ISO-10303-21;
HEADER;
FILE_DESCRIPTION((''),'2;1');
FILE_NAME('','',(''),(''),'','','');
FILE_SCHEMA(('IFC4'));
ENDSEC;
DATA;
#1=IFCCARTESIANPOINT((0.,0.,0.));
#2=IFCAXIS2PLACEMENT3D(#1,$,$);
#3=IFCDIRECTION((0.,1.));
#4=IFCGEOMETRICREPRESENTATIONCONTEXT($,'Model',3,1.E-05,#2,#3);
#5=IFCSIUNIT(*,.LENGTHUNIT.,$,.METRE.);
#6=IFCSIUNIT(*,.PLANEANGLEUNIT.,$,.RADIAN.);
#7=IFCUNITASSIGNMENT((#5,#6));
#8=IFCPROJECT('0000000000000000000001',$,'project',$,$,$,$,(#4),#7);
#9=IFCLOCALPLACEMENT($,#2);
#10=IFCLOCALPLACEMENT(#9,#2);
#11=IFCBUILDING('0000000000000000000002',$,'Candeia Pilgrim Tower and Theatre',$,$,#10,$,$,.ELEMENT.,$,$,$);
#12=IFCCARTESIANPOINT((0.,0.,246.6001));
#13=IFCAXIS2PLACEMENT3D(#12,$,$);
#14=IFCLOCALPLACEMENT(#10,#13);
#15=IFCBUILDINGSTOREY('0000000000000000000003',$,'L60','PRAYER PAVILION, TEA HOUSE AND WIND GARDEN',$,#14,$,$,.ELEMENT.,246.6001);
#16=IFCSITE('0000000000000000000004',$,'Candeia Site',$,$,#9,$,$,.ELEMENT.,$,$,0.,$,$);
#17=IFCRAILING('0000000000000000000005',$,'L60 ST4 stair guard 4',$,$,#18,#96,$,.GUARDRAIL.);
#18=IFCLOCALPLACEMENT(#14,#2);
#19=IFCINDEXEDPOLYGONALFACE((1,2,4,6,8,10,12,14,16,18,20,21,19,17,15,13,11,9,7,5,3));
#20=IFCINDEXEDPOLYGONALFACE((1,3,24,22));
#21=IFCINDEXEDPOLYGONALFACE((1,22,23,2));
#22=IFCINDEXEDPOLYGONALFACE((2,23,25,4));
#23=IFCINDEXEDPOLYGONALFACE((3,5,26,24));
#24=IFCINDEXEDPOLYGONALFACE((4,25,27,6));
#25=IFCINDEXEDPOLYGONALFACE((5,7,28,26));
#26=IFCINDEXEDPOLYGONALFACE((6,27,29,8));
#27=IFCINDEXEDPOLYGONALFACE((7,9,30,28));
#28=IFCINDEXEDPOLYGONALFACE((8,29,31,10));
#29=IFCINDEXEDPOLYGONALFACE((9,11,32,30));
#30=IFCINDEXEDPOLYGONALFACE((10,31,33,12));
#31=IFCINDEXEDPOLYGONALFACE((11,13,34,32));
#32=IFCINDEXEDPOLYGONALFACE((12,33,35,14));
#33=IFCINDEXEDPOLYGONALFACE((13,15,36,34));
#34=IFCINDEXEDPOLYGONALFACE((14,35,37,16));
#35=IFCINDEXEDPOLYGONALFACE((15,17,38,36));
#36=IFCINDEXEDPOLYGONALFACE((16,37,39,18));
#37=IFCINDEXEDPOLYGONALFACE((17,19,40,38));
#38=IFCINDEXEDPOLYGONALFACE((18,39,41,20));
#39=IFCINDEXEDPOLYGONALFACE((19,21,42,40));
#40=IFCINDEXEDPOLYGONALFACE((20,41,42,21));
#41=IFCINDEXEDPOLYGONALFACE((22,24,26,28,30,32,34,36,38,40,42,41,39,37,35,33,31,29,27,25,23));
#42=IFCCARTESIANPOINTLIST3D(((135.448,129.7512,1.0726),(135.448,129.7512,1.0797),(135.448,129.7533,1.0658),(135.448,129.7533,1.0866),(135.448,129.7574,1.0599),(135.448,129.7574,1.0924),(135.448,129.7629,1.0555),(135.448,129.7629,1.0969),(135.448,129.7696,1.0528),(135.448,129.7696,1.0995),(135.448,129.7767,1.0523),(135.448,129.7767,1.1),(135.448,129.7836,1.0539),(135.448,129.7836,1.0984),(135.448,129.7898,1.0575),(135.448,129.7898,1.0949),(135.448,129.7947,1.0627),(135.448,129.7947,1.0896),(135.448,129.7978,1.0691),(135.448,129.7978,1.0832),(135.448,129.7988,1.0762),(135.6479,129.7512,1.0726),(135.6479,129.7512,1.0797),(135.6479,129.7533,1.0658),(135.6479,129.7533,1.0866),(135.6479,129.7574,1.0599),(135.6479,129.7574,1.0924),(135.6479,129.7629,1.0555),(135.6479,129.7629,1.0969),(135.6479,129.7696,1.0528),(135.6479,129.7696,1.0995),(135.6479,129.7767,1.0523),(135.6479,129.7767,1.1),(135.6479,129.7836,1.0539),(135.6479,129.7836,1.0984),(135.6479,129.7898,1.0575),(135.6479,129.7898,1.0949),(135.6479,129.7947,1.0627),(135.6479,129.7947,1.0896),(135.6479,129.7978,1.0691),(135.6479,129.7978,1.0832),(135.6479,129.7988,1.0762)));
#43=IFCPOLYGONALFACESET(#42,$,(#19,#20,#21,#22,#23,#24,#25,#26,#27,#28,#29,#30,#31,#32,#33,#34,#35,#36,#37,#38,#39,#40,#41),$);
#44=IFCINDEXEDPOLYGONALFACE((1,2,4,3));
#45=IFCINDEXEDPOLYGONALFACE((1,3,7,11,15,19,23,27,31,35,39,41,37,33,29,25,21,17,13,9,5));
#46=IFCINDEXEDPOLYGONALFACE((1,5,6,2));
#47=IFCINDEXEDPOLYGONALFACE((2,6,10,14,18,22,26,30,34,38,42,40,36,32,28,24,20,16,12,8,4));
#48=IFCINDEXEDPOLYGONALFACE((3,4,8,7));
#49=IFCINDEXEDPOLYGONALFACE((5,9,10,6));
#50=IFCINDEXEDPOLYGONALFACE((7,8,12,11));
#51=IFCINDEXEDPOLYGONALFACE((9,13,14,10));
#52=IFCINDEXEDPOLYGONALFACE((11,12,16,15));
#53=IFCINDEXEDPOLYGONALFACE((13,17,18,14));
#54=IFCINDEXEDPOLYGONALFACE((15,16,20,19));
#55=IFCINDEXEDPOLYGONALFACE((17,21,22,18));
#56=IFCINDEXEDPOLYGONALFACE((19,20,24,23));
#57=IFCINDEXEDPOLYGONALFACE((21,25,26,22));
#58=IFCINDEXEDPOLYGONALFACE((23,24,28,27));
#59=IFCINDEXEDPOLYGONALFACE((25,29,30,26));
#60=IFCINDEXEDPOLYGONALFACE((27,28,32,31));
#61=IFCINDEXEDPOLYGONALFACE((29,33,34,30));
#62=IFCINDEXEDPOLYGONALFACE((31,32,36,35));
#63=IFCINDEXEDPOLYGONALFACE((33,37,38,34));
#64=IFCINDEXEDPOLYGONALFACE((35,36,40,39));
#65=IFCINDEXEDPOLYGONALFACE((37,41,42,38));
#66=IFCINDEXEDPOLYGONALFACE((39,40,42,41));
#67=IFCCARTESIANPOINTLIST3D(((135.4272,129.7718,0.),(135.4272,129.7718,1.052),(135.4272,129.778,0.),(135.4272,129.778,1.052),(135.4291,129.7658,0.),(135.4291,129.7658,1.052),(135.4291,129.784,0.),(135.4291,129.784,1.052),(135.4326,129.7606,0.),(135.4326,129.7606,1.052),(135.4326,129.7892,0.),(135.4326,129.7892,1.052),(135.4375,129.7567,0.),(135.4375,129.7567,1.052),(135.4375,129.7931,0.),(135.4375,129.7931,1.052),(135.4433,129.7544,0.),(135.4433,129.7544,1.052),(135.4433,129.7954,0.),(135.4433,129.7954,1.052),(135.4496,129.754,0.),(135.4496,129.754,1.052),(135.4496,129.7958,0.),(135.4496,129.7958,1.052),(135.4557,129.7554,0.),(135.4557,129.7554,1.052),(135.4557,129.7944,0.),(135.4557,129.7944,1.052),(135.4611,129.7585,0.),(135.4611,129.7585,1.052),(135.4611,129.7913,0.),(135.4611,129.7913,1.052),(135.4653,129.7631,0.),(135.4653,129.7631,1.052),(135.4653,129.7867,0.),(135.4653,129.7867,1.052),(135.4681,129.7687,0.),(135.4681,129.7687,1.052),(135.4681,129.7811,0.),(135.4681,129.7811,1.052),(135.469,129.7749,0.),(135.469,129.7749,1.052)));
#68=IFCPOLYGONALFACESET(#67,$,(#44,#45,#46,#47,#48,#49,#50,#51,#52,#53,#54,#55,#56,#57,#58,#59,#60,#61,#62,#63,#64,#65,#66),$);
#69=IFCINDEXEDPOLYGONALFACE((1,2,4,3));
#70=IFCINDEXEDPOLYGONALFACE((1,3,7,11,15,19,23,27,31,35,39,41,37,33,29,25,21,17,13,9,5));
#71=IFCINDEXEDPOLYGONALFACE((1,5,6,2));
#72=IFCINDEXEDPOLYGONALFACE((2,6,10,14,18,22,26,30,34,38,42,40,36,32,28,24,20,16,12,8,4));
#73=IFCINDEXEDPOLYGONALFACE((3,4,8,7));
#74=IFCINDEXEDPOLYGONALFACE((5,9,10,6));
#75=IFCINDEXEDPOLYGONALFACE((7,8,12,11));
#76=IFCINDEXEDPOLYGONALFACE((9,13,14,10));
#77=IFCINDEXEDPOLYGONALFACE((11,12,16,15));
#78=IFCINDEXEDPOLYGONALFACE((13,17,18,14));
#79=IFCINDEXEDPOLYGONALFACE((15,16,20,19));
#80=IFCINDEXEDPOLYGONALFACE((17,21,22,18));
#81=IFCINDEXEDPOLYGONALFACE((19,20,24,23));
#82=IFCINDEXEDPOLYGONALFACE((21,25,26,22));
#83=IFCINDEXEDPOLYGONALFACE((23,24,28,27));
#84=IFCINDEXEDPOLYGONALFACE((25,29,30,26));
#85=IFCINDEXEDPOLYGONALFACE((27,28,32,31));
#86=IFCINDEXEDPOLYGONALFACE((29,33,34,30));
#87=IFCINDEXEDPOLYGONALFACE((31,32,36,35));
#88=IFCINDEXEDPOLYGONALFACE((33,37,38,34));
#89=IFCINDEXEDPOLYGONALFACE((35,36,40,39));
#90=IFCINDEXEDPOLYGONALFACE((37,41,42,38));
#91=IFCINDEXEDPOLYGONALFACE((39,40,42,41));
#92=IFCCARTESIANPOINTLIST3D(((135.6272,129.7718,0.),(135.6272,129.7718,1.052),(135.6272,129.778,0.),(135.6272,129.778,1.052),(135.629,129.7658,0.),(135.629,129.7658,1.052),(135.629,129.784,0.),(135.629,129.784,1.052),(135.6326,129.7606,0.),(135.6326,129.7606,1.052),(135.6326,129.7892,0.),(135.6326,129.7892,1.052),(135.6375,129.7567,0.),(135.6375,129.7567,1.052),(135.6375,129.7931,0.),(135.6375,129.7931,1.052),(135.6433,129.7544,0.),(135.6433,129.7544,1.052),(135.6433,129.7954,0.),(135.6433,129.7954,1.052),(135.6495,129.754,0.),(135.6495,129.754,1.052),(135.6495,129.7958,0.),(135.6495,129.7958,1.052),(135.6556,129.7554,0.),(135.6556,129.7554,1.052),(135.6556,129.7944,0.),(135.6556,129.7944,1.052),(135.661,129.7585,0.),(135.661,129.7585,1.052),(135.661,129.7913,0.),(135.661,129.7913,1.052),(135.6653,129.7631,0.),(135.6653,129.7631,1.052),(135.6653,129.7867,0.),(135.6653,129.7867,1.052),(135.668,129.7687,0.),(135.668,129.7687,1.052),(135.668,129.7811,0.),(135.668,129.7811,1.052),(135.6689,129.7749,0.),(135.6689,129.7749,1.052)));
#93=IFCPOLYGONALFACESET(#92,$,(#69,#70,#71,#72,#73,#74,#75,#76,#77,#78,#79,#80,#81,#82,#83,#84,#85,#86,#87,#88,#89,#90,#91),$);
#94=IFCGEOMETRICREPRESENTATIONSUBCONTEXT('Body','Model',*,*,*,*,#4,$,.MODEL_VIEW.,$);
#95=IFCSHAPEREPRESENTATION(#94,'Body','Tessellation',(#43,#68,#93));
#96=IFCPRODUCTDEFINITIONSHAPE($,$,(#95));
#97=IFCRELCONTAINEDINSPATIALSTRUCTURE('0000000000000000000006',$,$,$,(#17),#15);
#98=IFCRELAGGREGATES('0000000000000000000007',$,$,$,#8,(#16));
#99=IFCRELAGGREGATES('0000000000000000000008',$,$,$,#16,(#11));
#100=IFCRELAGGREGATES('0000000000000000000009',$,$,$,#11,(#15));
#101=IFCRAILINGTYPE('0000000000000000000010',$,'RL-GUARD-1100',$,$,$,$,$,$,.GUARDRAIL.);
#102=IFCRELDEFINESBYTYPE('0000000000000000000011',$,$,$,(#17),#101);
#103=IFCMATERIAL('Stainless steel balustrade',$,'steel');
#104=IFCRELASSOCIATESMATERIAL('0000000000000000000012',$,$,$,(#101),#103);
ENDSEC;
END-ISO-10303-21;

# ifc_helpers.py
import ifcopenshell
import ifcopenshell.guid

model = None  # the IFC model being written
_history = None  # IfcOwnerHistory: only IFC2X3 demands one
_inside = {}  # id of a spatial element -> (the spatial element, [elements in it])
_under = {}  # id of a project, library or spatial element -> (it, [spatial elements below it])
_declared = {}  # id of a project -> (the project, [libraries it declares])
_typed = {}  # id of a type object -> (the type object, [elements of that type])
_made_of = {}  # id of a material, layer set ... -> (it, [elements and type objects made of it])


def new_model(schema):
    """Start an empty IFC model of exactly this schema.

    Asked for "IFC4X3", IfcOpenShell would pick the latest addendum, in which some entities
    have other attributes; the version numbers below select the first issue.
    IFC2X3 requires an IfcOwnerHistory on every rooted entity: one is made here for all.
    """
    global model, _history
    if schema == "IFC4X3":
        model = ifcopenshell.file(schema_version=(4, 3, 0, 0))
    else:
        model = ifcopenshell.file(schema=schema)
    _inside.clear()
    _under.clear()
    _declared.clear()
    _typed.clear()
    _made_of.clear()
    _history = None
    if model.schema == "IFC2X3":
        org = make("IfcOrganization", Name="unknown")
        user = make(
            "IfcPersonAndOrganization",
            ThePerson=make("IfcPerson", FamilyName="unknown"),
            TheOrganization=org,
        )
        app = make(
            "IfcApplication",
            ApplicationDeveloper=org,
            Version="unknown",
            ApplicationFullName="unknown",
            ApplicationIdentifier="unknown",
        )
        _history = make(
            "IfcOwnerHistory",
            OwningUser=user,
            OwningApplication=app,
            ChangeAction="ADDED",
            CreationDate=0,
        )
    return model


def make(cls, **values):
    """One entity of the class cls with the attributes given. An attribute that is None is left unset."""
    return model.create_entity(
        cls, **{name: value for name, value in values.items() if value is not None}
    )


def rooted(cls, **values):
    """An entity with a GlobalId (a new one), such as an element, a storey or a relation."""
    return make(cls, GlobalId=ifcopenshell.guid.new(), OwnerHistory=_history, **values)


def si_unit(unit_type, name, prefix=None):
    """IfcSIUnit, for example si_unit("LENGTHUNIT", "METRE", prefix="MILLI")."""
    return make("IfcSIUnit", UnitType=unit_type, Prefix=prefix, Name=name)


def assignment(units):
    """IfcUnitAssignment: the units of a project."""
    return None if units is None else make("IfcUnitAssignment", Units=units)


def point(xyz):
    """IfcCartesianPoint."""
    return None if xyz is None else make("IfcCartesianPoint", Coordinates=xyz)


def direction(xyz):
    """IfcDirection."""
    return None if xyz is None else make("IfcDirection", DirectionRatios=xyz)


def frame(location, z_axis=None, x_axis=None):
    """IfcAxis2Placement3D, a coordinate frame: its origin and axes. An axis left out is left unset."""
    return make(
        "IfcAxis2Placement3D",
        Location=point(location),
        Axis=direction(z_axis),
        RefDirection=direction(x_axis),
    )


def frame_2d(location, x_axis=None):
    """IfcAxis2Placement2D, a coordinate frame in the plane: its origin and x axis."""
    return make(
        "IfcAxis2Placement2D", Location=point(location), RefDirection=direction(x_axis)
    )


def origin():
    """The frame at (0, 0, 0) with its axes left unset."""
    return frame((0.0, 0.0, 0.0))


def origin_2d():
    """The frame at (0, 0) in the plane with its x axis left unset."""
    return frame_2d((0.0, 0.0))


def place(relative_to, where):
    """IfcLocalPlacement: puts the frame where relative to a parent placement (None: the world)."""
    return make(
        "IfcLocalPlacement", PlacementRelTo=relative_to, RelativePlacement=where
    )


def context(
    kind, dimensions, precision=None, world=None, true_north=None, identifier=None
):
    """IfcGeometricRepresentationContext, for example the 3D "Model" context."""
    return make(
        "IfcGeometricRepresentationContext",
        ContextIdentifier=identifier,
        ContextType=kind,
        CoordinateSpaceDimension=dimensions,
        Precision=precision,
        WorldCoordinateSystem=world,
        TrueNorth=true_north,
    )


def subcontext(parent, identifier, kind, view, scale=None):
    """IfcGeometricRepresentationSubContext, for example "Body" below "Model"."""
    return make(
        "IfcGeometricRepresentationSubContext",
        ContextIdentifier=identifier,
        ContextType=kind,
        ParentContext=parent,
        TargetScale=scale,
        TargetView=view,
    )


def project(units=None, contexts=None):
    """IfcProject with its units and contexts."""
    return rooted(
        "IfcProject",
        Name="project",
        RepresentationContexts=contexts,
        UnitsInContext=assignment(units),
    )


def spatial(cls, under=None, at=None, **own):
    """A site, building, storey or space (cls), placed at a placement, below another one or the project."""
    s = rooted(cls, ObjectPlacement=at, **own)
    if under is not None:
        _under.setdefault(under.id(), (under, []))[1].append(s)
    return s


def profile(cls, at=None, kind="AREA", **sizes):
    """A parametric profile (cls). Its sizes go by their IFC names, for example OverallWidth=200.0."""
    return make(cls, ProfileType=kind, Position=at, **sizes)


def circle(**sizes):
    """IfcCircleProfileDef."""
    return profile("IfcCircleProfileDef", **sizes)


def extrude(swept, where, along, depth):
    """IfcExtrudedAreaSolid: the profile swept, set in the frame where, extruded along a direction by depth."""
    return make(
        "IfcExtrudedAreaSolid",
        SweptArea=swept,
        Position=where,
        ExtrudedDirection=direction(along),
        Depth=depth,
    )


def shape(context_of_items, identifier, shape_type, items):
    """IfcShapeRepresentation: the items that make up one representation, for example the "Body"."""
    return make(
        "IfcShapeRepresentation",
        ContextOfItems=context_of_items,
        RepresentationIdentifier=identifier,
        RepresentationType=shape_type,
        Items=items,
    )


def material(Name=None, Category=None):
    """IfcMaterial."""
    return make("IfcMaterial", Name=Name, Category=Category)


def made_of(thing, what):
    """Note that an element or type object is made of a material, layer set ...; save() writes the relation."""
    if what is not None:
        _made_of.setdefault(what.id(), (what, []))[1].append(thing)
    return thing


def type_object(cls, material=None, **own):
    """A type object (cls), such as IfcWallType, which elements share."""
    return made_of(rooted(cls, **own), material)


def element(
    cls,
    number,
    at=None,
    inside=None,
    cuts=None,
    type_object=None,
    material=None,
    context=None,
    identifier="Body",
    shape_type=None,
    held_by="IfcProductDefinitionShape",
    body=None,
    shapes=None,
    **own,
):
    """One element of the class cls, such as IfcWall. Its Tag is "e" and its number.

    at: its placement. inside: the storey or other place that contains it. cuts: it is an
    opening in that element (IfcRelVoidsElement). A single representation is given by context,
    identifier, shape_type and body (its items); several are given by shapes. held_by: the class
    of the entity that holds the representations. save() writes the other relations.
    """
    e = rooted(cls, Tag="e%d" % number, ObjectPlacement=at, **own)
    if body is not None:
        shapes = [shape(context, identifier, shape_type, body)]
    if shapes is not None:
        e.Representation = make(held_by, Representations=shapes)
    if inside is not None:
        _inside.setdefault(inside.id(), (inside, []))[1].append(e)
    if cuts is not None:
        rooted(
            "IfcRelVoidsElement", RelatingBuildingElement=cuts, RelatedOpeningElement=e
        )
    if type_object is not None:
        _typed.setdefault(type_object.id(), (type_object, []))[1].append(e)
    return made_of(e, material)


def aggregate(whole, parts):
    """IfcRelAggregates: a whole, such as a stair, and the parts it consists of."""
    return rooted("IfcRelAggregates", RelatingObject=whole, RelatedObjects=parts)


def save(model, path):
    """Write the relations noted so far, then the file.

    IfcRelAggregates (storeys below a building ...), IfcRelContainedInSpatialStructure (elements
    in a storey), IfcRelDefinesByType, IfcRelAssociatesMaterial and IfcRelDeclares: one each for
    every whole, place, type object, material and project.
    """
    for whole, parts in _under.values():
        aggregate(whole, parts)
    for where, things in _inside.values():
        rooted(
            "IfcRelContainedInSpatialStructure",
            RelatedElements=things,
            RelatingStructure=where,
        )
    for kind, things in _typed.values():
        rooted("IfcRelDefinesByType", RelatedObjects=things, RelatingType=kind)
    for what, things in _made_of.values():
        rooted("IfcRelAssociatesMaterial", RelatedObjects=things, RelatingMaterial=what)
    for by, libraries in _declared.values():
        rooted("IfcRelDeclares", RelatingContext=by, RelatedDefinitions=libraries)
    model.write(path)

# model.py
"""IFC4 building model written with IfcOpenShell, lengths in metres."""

from ifc_helpers import new_model, si_unit, direction, frame, origin, origin_2d, place, context, subcontext, project, spatial, circle, extrude, material, type_object, element, save


model = new_model("IFC4")

# Units and contexts
model_context = context("Model", 3, precision=1e-05, world=origin(), true_north=direction((0.0, 1.0)))
body_context = subcontext(model_context, "Body", "Model", "MODEL_VIEW")
ifc_project = project(units=[si_unit("LENGTHUNIT", "METRE"), si_unit("PLANEANGLEUNIT", "RADIAN")], contexts=[model_context])

# Site, building, storey
site_placement = place(None, origin())
site = spatial("IfcSite", under=ifc_project, at=site_placement, Name="Candeia Site", CompositionType="ELEMENT", RefElevation=0.0)
building_placement = place(site_placement, origin())
building = spatial("IfcBuilding", under=site, at=building_placement, Name="Candeia Pilgrim Tower and Theatre", CompositionType="ELEMENT")
storey_placement = place(building_placement, frame((0.0, 0.0, 246.6001)))
storey = spatial("IfcBuildingStorey", under=building, at=storey_placement, Name="L60", Description="PRAYER PAVILION, TEA HOUSE AND WIND GARDEN", CompositionType="ELEMENT", Elevation=246.6001)

# Railing
ifc_material_1 = material(Name="Stainless steel balustrade", Category="steel")
railing_type_1 = type_object("IfcRailingType", Name="RL-GUARD-1100", PredefinedType="GUARDRAIL", material=ifc_material_1)
railing_1_placement = place(storey_placement, frame((135.448, 129.7749, 0.0)))
element("IfcRailing", 1, at=railing_1_placement, inside=storey, type_object=railing_type_1, Name="L60 ST4 stair guard 4", PredefinedType="GUARDRAIL", context=body_context, shape_type="SweptSolid", body=[
    extrude(circle(Radius=0.0239, at=origin_2d()), frame((0.0, 0.0, 1.0762), z_axis=(1.0, 0.0, 0.0), x_axis=(0.0, 1.0, 0.0)), (0.0, 0.0, 1.0), 0.2),
    extrude(circle(Radius=0.021, at=origin_2d()), origin(), (0.0, 0.0, 1.0), 1.052),
    extrude(circle(Radius=0.021, at=origin_2d()), frame((0.2, 0.0, 0.0)), (0.0, 0.0, 1.0), 1.052),
])

save(model, "model.ifc")
